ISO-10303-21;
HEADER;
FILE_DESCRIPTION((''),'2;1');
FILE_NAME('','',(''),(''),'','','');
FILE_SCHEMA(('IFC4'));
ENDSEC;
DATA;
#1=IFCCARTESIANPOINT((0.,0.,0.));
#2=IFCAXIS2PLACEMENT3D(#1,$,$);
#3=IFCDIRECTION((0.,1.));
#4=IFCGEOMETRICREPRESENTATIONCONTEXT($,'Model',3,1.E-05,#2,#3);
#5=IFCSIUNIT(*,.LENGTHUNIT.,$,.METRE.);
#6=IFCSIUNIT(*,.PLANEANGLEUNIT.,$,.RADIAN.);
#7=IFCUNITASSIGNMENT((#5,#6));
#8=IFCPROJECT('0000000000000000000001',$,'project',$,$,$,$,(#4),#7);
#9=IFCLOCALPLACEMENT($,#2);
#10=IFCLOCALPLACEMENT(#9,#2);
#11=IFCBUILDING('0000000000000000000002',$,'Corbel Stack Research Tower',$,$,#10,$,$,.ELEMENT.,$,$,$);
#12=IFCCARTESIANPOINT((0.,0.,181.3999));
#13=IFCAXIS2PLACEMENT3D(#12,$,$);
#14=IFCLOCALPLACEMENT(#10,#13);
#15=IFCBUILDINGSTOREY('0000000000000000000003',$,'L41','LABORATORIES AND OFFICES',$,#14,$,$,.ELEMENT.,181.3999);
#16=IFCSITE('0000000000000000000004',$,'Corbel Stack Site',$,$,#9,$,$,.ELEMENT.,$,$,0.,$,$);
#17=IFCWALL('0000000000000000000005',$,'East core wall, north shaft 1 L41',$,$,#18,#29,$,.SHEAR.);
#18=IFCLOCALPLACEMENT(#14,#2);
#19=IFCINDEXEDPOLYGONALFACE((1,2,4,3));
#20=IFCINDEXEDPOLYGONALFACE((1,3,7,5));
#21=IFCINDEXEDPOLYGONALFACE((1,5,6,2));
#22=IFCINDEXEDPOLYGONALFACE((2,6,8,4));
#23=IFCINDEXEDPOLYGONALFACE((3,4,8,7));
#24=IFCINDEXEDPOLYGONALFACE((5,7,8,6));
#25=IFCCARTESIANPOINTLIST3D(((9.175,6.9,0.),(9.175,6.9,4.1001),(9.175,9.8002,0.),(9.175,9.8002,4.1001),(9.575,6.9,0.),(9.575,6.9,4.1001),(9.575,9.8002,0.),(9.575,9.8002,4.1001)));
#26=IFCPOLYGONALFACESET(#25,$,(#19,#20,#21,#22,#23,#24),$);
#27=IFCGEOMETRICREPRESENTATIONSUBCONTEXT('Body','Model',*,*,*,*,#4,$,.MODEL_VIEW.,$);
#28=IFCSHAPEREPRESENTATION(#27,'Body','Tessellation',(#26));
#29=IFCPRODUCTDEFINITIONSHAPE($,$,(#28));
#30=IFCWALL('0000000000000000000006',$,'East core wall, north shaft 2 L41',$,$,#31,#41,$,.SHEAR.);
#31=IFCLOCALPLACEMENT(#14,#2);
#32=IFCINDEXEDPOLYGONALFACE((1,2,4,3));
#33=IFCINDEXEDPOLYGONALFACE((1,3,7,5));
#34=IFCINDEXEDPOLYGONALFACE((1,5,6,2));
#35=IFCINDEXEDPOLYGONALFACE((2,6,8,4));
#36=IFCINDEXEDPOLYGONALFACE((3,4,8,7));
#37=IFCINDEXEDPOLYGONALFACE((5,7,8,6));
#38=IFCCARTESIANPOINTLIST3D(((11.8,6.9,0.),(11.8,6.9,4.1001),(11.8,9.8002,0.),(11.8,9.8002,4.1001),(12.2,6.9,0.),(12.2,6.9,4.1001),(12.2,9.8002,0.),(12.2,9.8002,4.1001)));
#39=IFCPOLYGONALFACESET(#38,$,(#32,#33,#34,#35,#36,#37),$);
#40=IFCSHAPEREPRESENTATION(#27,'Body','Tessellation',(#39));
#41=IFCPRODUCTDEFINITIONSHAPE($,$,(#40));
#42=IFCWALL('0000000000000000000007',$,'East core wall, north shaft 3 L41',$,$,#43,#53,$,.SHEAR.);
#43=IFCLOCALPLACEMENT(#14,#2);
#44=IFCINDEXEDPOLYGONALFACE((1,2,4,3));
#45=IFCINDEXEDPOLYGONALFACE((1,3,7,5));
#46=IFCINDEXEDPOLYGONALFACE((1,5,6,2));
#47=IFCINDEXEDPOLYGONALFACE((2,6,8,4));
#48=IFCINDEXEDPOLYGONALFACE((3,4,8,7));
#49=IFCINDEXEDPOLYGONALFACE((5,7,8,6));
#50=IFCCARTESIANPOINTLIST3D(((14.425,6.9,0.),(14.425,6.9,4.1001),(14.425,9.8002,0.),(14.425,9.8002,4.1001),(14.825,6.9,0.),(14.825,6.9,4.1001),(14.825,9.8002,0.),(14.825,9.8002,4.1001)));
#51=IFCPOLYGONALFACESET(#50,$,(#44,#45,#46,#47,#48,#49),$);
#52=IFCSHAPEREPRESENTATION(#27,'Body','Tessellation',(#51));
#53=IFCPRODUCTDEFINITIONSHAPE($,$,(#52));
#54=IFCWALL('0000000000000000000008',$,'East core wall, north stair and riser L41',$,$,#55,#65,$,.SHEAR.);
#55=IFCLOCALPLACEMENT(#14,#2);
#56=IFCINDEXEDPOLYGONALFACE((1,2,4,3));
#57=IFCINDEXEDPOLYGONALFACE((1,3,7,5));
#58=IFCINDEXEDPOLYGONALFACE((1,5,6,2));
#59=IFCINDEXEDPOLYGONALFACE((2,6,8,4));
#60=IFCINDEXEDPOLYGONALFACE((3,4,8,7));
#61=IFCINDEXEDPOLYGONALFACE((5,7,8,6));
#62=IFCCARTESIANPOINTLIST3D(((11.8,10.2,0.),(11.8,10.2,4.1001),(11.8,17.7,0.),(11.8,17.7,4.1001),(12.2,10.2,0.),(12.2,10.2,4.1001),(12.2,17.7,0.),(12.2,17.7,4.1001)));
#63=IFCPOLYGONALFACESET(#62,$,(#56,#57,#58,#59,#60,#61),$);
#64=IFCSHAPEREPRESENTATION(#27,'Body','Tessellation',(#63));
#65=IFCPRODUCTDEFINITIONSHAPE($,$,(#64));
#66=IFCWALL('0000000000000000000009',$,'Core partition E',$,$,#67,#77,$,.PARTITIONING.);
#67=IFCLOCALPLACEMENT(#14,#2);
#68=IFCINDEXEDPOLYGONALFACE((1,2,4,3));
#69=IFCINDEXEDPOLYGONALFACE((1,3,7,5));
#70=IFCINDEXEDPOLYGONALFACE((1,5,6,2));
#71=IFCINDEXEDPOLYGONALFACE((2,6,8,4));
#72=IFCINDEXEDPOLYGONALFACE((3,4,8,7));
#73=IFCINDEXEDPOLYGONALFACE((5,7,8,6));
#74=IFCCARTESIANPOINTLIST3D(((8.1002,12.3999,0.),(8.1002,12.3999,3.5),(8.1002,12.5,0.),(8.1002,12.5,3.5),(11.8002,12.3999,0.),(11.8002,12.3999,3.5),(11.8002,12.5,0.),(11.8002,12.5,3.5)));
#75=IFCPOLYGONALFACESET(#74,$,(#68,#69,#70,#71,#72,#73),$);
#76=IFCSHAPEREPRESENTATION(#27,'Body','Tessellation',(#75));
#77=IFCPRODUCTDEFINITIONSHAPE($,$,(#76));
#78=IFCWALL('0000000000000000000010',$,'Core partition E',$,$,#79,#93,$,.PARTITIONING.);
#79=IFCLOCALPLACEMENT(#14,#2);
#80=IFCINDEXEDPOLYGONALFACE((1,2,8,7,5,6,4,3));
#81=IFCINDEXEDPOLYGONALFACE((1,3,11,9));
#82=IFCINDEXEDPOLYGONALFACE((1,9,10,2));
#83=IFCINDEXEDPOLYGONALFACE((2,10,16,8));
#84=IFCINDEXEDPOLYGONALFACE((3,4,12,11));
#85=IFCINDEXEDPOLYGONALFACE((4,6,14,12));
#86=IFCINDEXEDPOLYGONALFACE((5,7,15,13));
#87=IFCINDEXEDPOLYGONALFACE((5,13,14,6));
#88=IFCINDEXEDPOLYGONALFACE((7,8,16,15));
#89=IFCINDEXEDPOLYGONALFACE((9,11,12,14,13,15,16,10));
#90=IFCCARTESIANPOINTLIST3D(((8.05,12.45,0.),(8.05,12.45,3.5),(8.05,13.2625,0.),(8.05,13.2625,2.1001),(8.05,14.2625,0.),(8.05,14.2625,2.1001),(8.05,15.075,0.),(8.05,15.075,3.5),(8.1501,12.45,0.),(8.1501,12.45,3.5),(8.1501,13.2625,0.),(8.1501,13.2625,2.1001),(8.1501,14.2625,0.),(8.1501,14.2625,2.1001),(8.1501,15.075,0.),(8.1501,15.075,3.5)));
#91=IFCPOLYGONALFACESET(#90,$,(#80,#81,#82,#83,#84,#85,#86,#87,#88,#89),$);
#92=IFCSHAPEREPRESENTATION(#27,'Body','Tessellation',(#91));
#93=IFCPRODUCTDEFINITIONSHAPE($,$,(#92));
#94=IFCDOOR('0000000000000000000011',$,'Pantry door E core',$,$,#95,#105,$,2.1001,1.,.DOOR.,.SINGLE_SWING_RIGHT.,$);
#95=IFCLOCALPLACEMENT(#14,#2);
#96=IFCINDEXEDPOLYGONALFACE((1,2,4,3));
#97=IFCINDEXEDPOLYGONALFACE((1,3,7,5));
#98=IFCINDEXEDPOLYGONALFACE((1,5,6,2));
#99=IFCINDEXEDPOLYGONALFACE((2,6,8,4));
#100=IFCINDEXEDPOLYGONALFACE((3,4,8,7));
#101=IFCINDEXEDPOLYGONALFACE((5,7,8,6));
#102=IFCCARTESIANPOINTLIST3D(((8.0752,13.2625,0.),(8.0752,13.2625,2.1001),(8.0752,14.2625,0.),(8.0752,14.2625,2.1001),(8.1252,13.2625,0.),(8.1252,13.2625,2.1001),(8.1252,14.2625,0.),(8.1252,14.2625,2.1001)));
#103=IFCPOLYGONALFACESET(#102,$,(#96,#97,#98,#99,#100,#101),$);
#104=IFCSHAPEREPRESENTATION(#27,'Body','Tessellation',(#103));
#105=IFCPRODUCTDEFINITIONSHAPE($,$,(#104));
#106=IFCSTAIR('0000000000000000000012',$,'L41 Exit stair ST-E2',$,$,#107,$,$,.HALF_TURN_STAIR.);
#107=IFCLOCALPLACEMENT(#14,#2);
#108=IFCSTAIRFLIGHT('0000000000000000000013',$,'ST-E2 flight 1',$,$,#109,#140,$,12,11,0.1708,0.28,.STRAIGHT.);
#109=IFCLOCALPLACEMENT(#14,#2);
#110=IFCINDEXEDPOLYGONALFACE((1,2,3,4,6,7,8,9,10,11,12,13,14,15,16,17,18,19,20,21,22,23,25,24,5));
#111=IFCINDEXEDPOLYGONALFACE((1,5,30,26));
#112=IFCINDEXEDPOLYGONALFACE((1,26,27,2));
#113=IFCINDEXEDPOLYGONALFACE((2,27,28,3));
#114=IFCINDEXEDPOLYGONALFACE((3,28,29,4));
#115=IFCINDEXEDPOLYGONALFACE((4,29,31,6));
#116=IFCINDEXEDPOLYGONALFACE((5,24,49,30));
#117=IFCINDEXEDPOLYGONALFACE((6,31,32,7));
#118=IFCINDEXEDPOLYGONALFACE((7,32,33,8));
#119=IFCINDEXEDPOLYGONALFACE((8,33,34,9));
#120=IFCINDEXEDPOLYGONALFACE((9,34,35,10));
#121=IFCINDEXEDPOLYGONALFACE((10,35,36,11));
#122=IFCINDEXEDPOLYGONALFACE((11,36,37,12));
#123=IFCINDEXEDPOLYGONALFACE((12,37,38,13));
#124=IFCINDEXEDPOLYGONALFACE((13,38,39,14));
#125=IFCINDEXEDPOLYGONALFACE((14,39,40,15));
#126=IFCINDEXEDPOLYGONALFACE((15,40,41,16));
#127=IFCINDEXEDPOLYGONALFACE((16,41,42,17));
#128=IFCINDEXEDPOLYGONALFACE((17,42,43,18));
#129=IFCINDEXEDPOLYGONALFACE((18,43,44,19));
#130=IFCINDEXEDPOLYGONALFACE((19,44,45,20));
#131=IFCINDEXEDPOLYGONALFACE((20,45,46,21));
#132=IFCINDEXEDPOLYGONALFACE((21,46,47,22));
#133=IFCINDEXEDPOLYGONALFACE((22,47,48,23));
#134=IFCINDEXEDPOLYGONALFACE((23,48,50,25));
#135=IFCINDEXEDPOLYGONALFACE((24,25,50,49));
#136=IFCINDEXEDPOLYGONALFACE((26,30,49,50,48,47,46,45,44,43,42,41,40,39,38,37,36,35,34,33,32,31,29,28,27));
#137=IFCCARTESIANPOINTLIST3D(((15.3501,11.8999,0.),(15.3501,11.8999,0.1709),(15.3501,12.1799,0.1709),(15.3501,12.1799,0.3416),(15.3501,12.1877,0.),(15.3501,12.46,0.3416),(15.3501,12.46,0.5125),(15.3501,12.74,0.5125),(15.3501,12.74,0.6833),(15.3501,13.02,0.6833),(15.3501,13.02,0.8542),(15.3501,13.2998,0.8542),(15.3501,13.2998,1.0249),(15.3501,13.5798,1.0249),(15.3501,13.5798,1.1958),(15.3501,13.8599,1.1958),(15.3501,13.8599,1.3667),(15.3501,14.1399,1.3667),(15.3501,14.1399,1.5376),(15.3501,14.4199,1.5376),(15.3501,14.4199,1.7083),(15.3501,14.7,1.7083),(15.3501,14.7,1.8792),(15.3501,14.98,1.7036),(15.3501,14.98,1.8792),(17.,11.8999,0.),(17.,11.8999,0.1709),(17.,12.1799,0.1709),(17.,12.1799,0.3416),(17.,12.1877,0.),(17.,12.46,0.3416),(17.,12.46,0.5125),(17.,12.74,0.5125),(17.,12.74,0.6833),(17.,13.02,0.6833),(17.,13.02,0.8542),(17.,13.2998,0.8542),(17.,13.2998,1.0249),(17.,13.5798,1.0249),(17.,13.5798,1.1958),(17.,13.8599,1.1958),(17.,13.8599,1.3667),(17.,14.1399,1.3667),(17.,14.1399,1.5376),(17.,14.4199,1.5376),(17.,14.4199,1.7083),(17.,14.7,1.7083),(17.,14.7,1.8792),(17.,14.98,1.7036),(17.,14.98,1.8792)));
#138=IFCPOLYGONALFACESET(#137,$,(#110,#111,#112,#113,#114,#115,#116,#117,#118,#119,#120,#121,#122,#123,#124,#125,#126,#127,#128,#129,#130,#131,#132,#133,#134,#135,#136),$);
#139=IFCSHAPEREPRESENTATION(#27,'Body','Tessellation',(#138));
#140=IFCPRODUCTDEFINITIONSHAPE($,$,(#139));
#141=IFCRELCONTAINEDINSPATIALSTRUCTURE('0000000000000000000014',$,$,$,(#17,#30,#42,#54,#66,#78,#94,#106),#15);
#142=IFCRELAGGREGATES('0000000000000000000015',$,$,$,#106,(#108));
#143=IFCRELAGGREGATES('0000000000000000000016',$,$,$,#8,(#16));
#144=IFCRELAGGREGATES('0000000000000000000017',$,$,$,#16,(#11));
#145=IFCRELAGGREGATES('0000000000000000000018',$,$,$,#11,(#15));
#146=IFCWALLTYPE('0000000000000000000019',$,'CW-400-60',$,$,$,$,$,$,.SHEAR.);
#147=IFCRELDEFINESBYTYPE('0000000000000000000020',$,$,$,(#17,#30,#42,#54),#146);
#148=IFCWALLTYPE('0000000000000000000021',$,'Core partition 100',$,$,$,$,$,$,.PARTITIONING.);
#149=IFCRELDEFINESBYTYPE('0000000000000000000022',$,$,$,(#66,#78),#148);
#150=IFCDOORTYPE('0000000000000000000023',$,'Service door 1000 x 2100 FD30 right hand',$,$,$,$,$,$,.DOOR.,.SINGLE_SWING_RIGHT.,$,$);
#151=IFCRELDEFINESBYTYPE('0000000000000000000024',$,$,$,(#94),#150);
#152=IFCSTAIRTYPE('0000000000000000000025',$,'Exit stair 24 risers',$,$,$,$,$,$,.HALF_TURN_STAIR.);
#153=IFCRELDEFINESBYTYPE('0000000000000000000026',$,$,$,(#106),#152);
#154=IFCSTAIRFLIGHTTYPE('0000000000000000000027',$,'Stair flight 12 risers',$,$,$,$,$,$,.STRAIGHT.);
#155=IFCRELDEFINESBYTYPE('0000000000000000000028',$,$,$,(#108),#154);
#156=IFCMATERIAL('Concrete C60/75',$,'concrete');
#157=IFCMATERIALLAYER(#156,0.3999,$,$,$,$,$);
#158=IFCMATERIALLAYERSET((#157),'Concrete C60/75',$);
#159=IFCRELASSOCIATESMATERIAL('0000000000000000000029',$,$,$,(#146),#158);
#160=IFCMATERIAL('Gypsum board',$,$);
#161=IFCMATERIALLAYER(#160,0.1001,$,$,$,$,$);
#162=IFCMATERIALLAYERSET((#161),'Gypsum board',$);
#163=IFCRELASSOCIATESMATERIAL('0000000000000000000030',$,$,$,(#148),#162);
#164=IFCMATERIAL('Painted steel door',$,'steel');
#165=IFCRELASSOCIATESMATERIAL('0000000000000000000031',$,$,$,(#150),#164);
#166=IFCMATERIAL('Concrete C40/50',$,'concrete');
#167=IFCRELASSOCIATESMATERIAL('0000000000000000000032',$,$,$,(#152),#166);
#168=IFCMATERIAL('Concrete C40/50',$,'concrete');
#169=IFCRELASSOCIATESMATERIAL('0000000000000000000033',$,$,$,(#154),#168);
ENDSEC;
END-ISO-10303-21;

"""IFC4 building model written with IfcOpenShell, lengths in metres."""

from ifc_helpers import new_model, si_unit, direction, frame, frame_2d, origin, place, context, subcontext, project, spatial, polyline, rectangle, outline, extrude, material, layer, layer_set, type_object, element, fill, aggregate, save


model = new_model("IFC4")

# Units and contexts
model_context = context("Model", 3, precision=1e-05, world=origin(), true_north=direction((0.0, 1.0)))
body_context = subcontext(model_context, "Body", "Model", "MODEL_VIEW")
ifc_project = project(units=[si_unit("LENGTHUNIT", "METRE"), si_unit("PLANEANGLEUNIT", "RADIAN")], contexts=[model_context])

# Site, building, storey
site_placement = place(None, origin())
site = spatial("IfcSite", under=ifc_project, at=site_placement, Name="Corbel Stack Site", CompositionType="ELEMENT", RefElevation=0.0)
building_placement = place(site_placement, origin())
building = spatial("IfcBuilding", under=site, at=building_placement, Name="Corbel Stack Research Tower", CompositionType="ELEMENT")
storey_placement = place(building_placement, frame((0.0, 0.0, 181.3999)))
storey = spatial("IfcBuildingStorey", under=building, at=storey_placement, Name="L41", Description="LABORATORIES AND OFFICES", CompositionType="ELEMENT", Elevation=181.3999)

# Walls
ifc_material_1 = material(Name="Concrete C60/75", Category="concrete")
ifc_layer_1 = layer(ifc_material_1, 0.3999)
ifc_layer_set_1 = layer_set([ifc_layer_1], Name="Concrete C60/75")
wall_type_1 = type_object("IfcWallType", Name="CW-400-60", PredefinedType="SHEAR", material=ifc_layer_set_1)
for number, where, z_axis, x_axis, name in (
    (1, (9.375, 6.8999, 0.0), (0.0, 0.0, 1.0), (0.0, 1.0, 0.0), "East core wall, north shaft 1 L41"),
    (2, (12.0, 6.8999, 0.0), (0.0, 0.0, 1.0), (0.0, 1.0, 0.0), "East core wall, north shaft 2 L41"),
    (3, (14.625, 6.8999, 0.0), (0.0, 0.0, 1.0), (0.0, 1.0, 0.0), "East core wall, north shaft 3 L41"),
):
    element("IfcWall", number, at=place(storey_placement, frame(where, z_axis=z_axis, x_axis=x_axis)), inside=storey, type_object=wall_type_1, Name=name, PredefinedType="SHEAR", context=body_context, shape_type="SweptSolid", body=[
        extrude(rectangle(XDim=2.9001, YDim=0.3999, at=frame_2d((1.4502, 0.0))), origin(), (0.0, 0.0, 1.0), 4.1001),
    ])
wall_1_placement = place(storey_placement, frame((12.0, 10.2, 0.0), z_axis=(0.0, 0.0, 1.0), x_axis=(0.0, 1.0, 0.0)))
element("IfcWall", 4, at=wall_1_placement, inside=storey, type_object=wall_type_1, Name="East core wall, north stair and riser L41", PredefinedType="SHEAR", context=body_context, shape_type="SweptSolid", body=[
    extrude(rectangle(XDim=7.5, YDim=0.3999, at=frame_2d((3.75, 0.0))), origin(), (0.0, 0.0, 1.0), 4.1001),
])
ifc_material_2 = material(Name="Gypsum board")
ifc_layer_2 = layer(ifc_material_2, 0.1001)
ifc_layer_set_2 = layer_set([ifc_layer_2], Name="Gypsum board")
wall_type_2 = type_object("IfcWallType", Name="Core partition 100", PredefinedType="PARTITIONING", material=ifc_layer_set_2)
wall_2_placement = place(storey_placement, frame((8.1001, 12.45, 0.0), z_axis=(0.0, 0.0, 1.0), x_axis=(1.0, 0.0, 0.0)))
element("IfcWall", 5, at=wall_2_placement, inside=storey, type_object=wall_type_2, Name="Core partition E", PredefinedType="PARTITIONING", context=body_context, shape_type="SweptSolid", body=[
    extrude(rectangle(XDim=3.7, YDim=0.1001, at=frame_2d((1.8501, 0.0))), origin(), (0.0, 0.0, 1.0), 3.5),
])

# Wall, opening, door
wall_3_placement = place(storey_placement, frame((8.1001, 12.45, 0.0), z_axis=(0.0, 0.0, 1.0), x_axis=(0.0, 1.0, 0.0)))
wall_3 = element("IfcWall", 6, at=wall_3_placement, inside=storey, type_object=wall_type_2, Name="Core partition E", PredefinedType="PARTITIONING", context=body_context, shape_type="SweptSolid", body=[
    extrude(rectangle(XDim=2.625, YDim=0.1001, at=frame_2d((1.3125, 0.0))), origin(), (0.0, 0.0, 1.0), 3.5),
])
opening_placement = place(wall_3_placement, frame((0.8125, 0.0, 0.0)))
opening = element("IfcOpeningElement", 7, at=opening_placement, cuts=wall_3, PredefinedType="OPENING", context=body_context, shape_type="SweptSolid", body=[
    extrude(rectangle(XDim=1.0, YDim=2.1001, at=frame_2d((0.5, 1.05))), frame((0.0, 0.0601, 0.0), z_axis=(0.0, -1.0, 0.0), x_axis=(1.0, 0.0, 0.0)), (0.0, 0.0, 1.0), 0.1201),
])
ifc_material_3 = material(Name="Painted steel door", Category="steel")
door_type = type_object("IfcDoorType", Name="Service door 1000 x 2100 FD30 right hand", OperationType="SINGLE_SWING_RIGHT", PredefinedType="DOOR", material=ifc_material_3)
door_placement = place(opening_placement, origin())
door = element("IfcDoor", 8, at=door_placement, inside=storey, type_object=door_type, Name="Pantry door E core", OperationType="SINGLE_SWING_RIGHT", OverallHeight=2.1001, OverallWidth=1.0, PredefinedType="DOOR", context=body_context, shape_type="SweptSolid", body=[
    extrude(rectangle(XDim=1.0, YDim=2.1001, at=frame_2d((0.5, 1.05))), frame((0.0, 0.0249, 0.0), z_axis=(0.0, -1.0, 0.0), x_axis=(1.0, 0.0, 0.0)), (0.0, 0.0, 1.0), 0.05),
])
fill(opening, door)

# Stair, stair flight
ifc_material_4 = material(Name="Concrete C40/50", Category="concrete")
stair_type = type_object("IfcStairType", Name="Exit stair 24 risers", PredefinedType="HALF_TURN_STAIR", material=ifc_material_4)
stair_placement = place(storey_placement, origin())
stair = element("IfcStair", 9, at=stair_placement, inside=storey, type_object=stair_type, Name="L41 Exit stair ST-E2", PredefinedType="HALF_TURN_STAIR")
ifc_material_5 = material(Name="Concrete C40/50", Category="concrete")
stair_flight_type = type_object("IfcStairFlightType", Name="Stair flight 12 risers", PredefinedType="STRAIGHT", material=ifc_material_5)
stair_flight_placement = place(storey_placement, frame((16.175, 11.8999, 0.0), z_axis=(0.0, 0.0, 1.0), x_axis=(0.0, 1.0, 0.0)))
stair_flight = element("IfcStairFlight", 10, at=stair_flight_placement, type_object=stair_flight_type, Name="ST-E2 flight 1", NumberOfRisers=12, NumberOfTreads=11, PredefinedType="STRAIGHT", RiserHeight=0.1708, TreadLength=0.28, context=body_context, shape_type="SweptSolid", body=[
    extrude(outline(polyline([(0.0, 0.0), (0.0, 0.1709), (0.28, 0.1709), (0.28, 0.3416), (0.5601, 0.3416), (0.5601, 0.5125), (0.8401, 0.5125), (0.8401, 0.6833), (1.1201, 0.6833), (1.1201, 0.8542), (1.3999, 0.8542), (1.3999, 1.0249), (1.6799, 1.0249), (1.6799, 1.1958), (1.96, 1.1958), (1.96, 1.3667), (2.24, 1.3667), (2.24, 1.5376), (2.52, 1.5376), (2.52, 1.7083), (2.8, 1.7083), (2.8, 1.8792), (3.0801, 1.8792), (3.0801, 2.05), (3.0801, 1.7036), (0.2878, 0.0), (0.0, 0.0)])), frame((0.0, 0.825, 0.0), z_axis=(0.0, -1.0, 0.0), x_axis=(1.0, 0.0, 0.0)), (0.0, 0.0, 1.0), 1.6499),
])
aggregate(stair, [stair_flight])

save(model, "model.ifc")
